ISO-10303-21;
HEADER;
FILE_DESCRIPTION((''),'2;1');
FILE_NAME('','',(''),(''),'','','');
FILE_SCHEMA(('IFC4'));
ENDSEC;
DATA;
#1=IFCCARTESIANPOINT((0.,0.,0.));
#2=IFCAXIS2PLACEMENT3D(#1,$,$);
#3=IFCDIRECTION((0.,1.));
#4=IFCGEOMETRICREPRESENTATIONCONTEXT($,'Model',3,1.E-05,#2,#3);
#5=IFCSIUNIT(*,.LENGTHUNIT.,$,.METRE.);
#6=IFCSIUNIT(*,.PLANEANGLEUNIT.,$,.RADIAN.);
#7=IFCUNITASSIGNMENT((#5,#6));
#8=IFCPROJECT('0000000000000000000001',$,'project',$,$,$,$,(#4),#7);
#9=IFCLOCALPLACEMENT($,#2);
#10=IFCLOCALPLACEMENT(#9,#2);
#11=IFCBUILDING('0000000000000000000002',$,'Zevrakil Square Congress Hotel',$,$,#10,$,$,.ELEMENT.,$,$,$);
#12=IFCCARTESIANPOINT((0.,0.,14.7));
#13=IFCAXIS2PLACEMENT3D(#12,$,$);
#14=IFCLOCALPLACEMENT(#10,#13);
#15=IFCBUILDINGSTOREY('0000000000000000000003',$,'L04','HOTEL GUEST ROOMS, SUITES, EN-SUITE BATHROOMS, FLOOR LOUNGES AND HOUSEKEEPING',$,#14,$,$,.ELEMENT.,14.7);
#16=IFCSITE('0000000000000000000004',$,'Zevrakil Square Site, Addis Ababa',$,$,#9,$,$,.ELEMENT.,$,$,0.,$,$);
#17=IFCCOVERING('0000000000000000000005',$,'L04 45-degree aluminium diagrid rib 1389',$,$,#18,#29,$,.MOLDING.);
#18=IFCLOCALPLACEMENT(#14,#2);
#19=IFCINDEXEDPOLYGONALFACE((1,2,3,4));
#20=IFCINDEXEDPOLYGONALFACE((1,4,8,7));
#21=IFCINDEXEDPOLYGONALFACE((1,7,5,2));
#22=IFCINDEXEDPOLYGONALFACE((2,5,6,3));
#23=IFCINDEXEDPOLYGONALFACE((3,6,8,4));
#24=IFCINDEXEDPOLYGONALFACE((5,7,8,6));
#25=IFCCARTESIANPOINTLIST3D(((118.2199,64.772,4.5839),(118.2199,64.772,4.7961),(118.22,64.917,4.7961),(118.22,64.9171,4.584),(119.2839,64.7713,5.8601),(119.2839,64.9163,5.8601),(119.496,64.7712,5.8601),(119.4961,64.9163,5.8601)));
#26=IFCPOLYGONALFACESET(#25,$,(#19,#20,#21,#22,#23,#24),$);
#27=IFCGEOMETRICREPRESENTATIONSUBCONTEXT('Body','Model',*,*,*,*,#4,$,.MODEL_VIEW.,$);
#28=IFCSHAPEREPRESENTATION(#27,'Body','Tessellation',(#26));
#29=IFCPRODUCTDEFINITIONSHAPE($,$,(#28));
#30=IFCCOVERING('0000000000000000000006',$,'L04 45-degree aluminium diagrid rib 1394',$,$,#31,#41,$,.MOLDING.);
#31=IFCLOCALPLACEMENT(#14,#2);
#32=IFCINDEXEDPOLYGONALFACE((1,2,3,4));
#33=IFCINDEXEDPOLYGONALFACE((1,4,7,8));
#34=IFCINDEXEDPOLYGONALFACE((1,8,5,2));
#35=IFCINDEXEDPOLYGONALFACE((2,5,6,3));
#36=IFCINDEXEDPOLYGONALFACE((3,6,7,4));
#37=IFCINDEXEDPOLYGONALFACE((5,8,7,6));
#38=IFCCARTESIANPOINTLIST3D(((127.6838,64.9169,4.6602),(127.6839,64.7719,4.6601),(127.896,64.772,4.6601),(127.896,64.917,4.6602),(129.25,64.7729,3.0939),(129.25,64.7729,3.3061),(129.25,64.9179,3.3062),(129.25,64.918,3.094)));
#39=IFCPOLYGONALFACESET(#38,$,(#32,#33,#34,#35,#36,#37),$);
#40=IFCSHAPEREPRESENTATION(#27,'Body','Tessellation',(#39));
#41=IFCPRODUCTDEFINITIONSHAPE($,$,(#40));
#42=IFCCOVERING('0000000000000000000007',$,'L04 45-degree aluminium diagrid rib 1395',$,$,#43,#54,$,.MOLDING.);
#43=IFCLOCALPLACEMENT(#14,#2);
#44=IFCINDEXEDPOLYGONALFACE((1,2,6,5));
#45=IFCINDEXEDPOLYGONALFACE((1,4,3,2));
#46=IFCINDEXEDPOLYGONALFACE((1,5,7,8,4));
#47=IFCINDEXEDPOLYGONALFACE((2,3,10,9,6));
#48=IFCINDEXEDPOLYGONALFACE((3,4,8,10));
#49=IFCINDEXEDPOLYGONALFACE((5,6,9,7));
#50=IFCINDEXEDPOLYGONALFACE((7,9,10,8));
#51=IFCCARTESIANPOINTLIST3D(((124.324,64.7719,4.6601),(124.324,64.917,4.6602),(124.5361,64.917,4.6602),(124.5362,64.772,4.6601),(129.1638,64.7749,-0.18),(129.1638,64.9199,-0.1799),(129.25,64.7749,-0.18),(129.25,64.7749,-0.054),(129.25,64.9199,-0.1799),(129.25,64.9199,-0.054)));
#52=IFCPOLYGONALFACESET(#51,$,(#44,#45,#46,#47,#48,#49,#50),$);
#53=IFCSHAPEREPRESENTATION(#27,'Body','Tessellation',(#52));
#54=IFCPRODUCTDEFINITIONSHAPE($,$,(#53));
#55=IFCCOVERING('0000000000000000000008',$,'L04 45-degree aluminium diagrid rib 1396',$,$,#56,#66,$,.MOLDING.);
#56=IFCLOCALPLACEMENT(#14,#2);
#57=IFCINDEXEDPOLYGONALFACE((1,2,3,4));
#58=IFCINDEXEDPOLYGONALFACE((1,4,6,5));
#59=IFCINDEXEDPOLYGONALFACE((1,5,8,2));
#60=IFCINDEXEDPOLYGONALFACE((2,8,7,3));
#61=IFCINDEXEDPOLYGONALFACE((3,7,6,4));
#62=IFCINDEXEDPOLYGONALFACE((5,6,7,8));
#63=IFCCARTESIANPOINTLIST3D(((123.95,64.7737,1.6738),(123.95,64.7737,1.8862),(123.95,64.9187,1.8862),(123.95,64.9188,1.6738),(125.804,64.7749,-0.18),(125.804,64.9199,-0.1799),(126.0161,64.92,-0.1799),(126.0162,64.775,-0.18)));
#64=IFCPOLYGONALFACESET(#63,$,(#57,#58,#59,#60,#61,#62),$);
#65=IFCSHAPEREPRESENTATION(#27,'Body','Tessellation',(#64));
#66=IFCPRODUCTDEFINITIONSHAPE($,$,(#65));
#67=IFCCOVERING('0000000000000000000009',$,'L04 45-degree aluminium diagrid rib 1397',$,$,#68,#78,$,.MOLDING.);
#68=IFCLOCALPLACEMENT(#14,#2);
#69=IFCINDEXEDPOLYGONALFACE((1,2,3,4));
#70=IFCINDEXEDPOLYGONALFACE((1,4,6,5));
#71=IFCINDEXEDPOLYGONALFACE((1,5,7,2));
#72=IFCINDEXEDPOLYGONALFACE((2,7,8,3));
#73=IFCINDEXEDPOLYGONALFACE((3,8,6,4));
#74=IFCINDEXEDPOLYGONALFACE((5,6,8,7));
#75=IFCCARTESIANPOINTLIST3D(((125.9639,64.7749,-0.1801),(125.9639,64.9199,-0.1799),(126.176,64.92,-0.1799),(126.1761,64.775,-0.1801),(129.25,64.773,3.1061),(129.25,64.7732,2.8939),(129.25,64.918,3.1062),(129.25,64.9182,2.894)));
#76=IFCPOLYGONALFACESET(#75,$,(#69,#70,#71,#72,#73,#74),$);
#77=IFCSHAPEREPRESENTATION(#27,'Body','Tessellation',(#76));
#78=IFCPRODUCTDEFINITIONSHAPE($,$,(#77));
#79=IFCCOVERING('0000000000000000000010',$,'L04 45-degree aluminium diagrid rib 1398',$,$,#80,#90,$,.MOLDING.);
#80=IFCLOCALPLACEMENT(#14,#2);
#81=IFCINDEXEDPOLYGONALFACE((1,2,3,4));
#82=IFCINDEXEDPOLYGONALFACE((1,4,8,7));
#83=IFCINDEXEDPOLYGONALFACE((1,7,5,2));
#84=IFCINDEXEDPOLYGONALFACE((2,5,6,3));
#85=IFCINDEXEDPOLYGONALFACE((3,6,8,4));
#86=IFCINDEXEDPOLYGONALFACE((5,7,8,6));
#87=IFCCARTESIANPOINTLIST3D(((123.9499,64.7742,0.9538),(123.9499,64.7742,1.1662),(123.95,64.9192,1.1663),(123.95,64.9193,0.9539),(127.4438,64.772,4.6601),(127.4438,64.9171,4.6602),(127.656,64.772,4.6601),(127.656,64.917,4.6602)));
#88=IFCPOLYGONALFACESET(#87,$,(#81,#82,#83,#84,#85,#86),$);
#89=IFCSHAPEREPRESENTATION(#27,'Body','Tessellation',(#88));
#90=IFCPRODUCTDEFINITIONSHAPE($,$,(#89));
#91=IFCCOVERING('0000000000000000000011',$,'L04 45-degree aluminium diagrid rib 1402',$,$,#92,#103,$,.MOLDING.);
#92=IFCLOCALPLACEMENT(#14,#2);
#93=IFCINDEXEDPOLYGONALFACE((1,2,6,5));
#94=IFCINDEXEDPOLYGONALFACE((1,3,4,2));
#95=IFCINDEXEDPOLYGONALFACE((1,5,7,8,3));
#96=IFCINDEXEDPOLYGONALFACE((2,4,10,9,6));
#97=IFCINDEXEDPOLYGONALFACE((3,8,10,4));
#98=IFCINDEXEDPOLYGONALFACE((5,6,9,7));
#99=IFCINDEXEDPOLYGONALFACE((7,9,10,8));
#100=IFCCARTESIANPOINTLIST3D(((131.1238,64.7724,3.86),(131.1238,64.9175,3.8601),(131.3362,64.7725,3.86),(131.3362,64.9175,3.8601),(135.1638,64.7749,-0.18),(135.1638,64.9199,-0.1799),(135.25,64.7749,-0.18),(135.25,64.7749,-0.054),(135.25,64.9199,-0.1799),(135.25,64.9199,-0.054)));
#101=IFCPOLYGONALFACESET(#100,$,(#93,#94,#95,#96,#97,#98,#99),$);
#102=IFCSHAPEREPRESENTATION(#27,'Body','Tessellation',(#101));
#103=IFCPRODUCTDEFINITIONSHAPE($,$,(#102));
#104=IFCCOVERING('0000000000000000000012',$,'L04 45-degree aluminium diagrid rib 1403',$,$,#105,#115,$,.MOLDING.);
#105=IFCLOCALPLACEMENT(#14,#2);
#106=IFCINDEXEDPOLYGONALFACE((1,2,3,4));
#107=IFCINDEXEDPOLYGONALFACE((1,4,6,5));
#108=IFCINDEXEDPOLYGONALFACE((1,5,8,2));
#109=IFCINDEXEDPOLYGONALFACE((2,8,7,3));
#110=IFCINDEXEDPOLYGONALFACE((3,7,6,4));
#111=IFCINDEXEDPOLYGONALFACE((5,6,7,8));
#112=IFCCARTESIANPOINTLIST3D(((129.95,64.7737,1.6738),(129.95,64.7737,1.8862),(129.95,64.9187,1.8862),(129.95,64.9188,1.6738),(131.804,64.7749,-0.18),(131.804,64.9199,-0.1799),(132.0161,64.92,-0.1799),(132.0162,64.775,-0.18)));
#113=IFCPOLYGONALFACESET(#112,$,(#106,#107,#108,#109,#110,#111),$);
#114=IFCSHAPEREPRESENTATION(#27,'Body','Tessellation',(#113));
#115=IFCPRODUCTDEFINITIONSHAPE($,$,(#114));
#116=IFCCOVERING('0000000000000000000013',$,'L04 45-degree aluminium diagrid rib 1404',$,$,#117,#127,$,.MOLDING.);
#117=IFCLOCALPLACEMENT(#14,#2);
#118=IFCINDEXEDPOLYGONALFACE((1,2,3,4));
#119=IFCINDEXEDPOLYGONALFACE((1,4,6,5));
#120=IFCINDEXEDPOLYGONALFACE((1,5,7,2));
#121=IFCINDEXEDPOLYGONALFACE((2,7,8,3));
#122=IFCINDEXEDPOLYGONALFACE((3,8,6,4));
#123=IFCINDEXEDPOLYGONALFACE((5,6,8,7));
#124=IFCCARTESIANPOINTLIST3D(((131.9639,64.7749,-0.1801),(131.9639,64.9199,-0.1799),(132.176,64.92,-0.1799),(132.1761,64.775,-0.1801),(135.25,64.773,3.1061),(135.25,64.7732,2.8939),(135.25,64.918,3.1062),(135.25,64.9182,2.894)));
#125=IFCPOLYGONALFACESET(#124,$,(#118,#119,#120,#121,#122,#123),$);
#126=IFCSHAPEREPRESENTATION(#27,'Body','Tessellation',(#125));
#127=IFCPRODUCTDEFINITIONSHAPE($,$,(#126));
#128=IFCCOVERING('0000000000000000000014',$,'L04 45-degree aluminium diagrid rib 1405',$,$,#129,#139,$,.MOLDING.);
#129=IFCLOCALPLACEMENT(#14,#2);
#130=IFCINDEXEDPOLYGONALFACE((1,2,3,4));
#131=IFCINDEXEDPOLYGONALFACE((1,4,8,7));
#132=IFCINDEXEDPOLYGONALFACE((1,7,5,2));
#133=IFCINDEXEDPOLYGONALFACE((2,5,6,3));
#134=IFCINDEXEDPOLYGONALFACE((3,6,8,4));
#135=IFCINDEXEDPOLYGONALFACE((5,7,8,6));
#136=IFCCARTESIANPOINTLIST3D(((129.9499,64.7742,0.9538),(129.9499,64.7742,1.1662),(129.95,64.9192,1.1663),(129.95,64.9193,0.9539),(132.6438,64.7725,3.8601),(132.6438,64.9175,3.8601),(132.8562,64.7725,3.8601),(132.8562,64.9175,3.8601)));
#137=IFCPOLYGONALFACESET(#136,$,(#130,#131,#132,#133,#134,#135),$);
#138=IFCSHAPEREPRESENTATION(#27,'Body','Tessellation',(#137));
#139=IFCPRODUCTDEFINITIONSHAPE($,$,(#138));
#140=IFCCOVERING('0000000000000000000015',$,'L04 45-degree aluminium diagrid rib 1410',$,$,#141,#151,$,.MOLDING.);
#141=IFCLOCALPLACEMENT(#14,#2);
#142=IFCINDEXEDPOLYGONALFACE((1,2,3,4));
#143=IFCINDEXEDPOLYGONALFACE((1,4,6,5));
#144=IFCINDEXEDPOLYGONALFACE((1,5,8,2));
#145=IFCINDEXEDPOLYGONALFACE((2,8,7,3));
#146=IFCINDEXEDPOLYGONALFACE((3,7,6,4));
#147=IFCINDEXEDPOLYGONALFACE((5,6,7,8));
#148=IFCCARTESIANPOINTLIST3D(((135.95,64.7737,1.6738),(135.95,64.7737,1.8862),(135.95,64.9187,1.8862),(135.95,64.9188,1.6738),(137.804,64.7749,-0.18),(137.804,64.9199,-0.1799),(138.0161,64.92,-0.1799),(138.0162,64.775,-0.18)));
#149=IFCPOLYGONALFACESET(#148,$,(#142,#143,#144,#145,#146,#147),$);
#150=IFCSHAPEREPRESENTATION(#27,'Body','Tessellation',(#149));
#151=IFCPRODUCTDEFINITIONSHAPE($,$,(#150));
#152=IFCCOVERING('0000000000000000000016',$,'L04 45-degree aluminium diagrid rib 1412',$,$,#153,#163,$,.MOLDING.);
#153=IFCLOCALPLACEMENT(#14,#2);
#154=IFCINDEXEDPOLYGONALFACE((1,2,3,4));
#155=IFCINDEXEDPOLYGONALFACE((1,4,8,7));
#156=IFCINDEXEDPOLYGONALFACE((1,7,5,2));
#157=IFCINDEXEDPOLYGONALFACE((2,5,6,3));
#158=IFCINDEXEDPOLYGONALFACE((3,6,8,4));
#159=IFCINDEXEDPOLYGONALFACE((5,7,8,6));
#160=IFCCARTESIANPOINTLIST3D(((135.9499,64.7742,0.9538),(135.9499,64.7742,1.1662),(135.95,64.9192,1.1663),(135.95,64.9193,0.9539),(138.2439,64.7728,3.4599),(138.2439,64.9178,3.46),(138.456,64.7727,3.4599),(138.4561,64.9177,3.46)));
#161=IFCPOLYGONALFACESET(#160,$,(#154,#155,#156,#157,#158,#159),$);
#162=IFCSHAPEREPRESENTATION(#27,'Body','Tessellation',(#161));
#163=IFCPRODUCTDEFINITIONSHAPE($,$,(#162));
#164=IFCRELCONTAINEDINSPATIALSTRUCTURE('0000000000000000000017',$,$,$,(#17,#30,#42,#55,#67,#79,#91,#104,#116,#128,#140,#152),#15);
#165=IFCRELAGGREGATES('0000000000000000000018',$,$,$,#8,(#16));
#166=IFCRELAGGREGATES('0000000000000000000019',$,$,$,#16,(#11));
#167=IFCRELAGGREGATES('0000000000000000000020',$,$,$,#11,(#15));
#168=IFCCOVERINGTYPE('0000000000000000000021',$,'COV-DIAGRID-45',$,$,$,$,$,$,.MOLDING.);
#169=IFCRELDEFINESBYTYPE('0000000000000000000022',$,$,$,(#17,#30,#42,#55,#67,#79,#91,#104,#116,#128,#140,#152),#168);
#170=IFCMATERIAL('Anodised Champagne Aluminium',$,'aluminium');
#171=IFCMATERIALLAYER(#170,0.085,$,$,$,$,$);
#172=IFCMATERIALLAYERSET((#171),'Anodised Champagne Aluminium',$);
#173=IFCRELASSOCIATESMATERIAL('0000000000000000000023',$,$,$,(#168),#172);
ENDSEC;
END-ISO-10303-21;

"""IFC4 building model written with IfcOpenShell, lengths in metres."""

from ifc_helpers import new_model, si_unit, direction, frame, origin, place, context, subcontext, project, spatial, polyline, outline, extrude, material, layer, layer_set, type_object, element, save


model = new_model("IFC4")

# Units and contexts
model_context = context("Model", 3, precision=1e-05, world=origin(), true_north=direction((0.0, 1.0)))
body_context = subcontext(model_context, "Body", "Model", "MODEL_VIEW")
ifc_project = project(units=[si_unit("LENGTHUNIT", "METRE"), si_unit("PLANEANGLEUNIT", "RADIAN")], contexts=[model_context])

# Site, building, storey
site_placement = place(None, origin())
site = spatial("IfcSite", under=ifc_project, at=site_placement, Name="Zevrakil Square Site, Addis Ababa", CompositionType="ELEMENT", RefElevation=0.0)
building_placement = place(site_placement, origin())
building = spatial("IfcBuilding", under=site, at=building_placement, Name="Zevrakil Square Congress Hotel", CompositionType="ELEMENT")
storey_placement = place(building_placement, frame((0.0, 0.0, 14.7)))
storey = spatial("IfcBuildingStorey", under=building, at=storey_placement, Name="L04", Description="HOTEL GUEST ROOMS, SUITES, EN-SUITE BATHROOMS, FLOOR LOUNGES AND HOUSEKEEPING", CompositionType="ELEMENT", Elevation=14.7)

# Coverings
ifc_material_1 = material(Name="Anodised Champagne Aluminium", Category="aluminium")
ifc_layer_1 = layer(ifc_material_1, 0.085)
ifc_layer_set_1 = layer_set([ifc_layer_1], Name="Anodised Champagne Aluminium")
covering_type_1 = type_object("IfcCoveringType", Name="COV-DIAGRID-45", PredefinedType="MOLDING", material=ifc_layer_set_1)
covering_1_placement = place(storey_placement, frame((119.4961, 64.9163, 5.8601), z_axis=(0.000313, 1.0, 0.000313), x_axis=(-1.0, 0.000313, 0.0)))
element("IfcCovering", 1, at=covering_1_placement, inside=storey, type_object=covering_type_1, Name="L04 45-degree aluminium diagrid rib 1389", PredefinedType="MOLDING", context=body_context, shape_type="SweptSolid", body=[
    extrude(outline(polyline([(0.0, 0.0), (0.2122, 0.0), (1.2761, -1.064), (1.2761, -1.2761), (0.0, 0.0)])), origin(), (0.0, 0.0, -1.0), 0.145),
])
covering_2_placement = place(storey_placement, frame((129.25, 64.918, 3.094), z_axis=(-0.000334, 1.0, 0.000334), x_axis=(0.0, -0.000334, 1.0)))
element("IfcCovering", 2, at=covering_2_placement, inside=storey, type_object=covering_type_1, Name="L04 45-degree aluminium diagrid rib 1394", PredefinedType="MOLDING", context=body_context, shape_type="SweptSolid", body=[
    extrude(outline(polyline([(0.0, 0.0), (0.2122, 0.0), (1.5662, -1.354), (1.5662, -1.5662), (0.0, 0.0)])), origin(), (0.0, 0.0, -1.0), 0.145),
])
covering_3_placement = place(storey_placement, frame((129.1638, 64.9199, -0.1799), z_axis=(-0.000181, 1.0, 0.000429), x_axis=(1.0, 0.000181, 0.0)))
element("IfcCovering", 3, at=covering_3_placement, inside=storey, type_object=covering_type_1, Name="L04 45-degree aluminium diagrid rib 1395", PredefinedType="MOLDING", context=body_context, shape_type="SweptSolid", body=[
    extrude(outline(polyline([(0.0, 0.0), (0.0862, 0.0), (0.0862, -0.126), (-4.6277, -4.8401), (-4.8398, -4.8401), (0.0, 0.0)])), origin(), (0.0, 0.0, -1.0), 0.145),
])
covering_4_placement = place(storey_placement, frame((125.804, 64.9199, -0.1799), z_axis=(-0.000312, 1.0, 0.000311), x_axis=(1.0, 0.000312, 0.0)))
element("IfcCovering", 4, at=covering_4_placement, inside=storey, type_object=covering_type_1, Name="L04 45-degree aluminium diagrid rib 1396", PredefinedType="MOLDING", context=body_context, shape_type="SweptSolid", body=[
    extrude(outline(polyline([(0.0, 0.0), (0.2122, 0.0), (-1.854, -2.0662), (-1.854, -1.8538), (0.0, 0.0)])), origin(), (0.0, 0.0, -1.0), 0.145),
])
covering_5_placement = place(storey_placement, frame((129.25, 64.9182, 2.894), z_axis=(-0.000287, 1.0, 0.000863), x_axis=(0.0, -0.000863, 1.0)))
element("IfcCovering", 5, at=covering_5_placement, inside=storey, type_object=covering_type_1, Name="L04 45-degree aluminium diagrid rib 1397", PredefinedType="MOLDING", context=body_context, shape_type="SweptSolid", body=[
    extrude(outline(polyline([(0.0, 0.0), (0.2122, 0.0), (-3.074, -3.2861), (-3.074, -3.074), (0.0, 0.0)])), origin(), (0.0, 0.0, -1.0), 0.145),
])
covering_6_placement = place(storey_placement, frame((127.656, 64.917, 4.6602), z_axis=(0.000305, 1.0, 0.000305), x_axis=(-1.0, 0.000305, 0.0)))
element("IfcCovering", 6, at=covering_6_placement, inside=storey, type_object=covering_type_1, Name="L04 45-degree aluminium diagrid rib 1398", PredefinedType="MOLDING", context=body_context, shape_type="SweptSolid", body=[
    extrude(outline(polyline([(0.0, 0.0), (0.2122, 0.0), (3.7061, -3.4939), (3.7061, -3.7063), (0.0, 0.0)])), origin(), (0.0, 0.0, -1.0), 0.145),
])
covering_7_placement = place(storey_placement, frame((135.1638, 64.9199, -0.1799), z_axis=(-0.000181, 1.0, 0.000429), x_axis=(1.0, 0.000181, 0.0)))
element("IfcCovering", 7, at=covering_7_placement, inside=storey, type_object=covering_type_1, Name="L04 45-degree aluminium diagrid rib 1402", PredefinedType="MOLDING", context=body_context, shape_type="SweptSolid", body=[
    extrude(outline(polyline([(0.0, 0.0), (0.0862, 0.0), (0.0862, -0.126), (-3.8276, -4.04), (-4.04, -4.04), (0.0, 0.0)])), origin(), (0.0, 0.0, -1.0), 0.145),
])
covering_8_placement = place(storey_placement, frame((131.804, 64.9199, -0.1799), z_axis=(-0.000312, 1.0, 0.000311), x_axis=(1.0, 0.000312, 0.0)))
element("IfcCovering", 8, at=covering_8_placement, inside=storey, type_object=covering_type_1, Name="L04 45-degree aluminium diagrid rib 1403", PredefinedType="MOLDING", context=body_context, shape_type="SweptSolid", body=[
    extrude(outline(polyline([(0.0, 0.0), (0.2122, 0.0), (-1.854, -2.0662), (-1.854, -1.8538), (0.0, 0.0)])), origin(), (0.0, 0.0, -1.0), 0.145),
])
covering_9_placement = place(storey_placement, frame((135.25, 64.9182, 2.894), z_axis=(-0.000287, 1.0, 0.000863), x_axis=(0.0, -0.000863, 1.0)))
element("IfcCovering", 9, at=covering_9_placement, inside=storey, type_object=covering_type_1, Name="L04 45-degree aluminium diagrid rib 1404", PredefinedType="MOLDING", context=body_context, shape_type="SweptSolid", body=[
    extrude(outline(polyline([(0.0, 0.0), (0.2122, 0.0), (-3.074, -3.2861), (-3.074, -3.074), (0.0, 0.0)])), origin(), (0.0, 0.0, -1.0), 0.145),
])
covering_10_placement = place(storey_placement, frame((132.8562, 64.9175, 3.8601), z_axis=(0.000305, 1.0, 0.000305), x_axis=(-1.0, 0.000305, 0.0)))
element("IfcCovering", 10, at=covering_10_placement, inside=storey, type_object=covering_type_1, Name="L04 45-degree aluminium diagrid rib 1405", PredefinedType="MOLDING", context=body_context, shape_type="SweptSolid", body=[
    extrude(outline(polyline([(0.0, 0.0), (0.2124, 0.0), (2.9063, -2.6938), (2.9063, -2.9063), (0.0, 0.0)])), origin(), (0.0, 0.0, -1.0), 0.145),
])
covering_11_placement = place(storey_placement, frame((137.804, 64.9199, -0.1799), z_axis=(-0.000312, 1.0, 0.000311), x_axis=(1.0, 0.000312, 0.0)))
element("IfcCovering", 11, at=covering_11_placement, inside=storey, type_object=covering_type_1, Name="L04 45-degree aluminium diagrid rib 1410", PredefinedType="MOLDING", context=body_context, shape_type="SweptSolid", body=[
    extrude(outline(polyline([(0.0, 0.0), (0.2122, 0.0), (-1.854, -2.0662), (-1.854, -1.8538), (0.0, 0.0)])), origin(), (0.0, 0.0, -1.0), 0.145),
])
covering_12_placement = place(storey_placement, frame((138.4561, 64.9177, 3.46), z_axis=(0.000305, 1.0, 0.000305), x_axis=(-1.0, 0.000305, 0.0)))
element("IfcCovering", 12, at=covering_12_placement, inside=storey, type_object=covering_type_1, Name="L04 45-degree aluminium diagrid rib 1412", PredefinedType="MOLDING", context=body_context, shape_type="SweptSolid", body=[
    extrude(outline(polyline([(0.0, 0.0), (0.2122, 0.0), (2.5061, -2.2937), (2.5061, -2.5061), (0.0, 0.0)])), origin(), (0.0, 0.0, -1.0), 0.145),
])

save(model, "model.ifc")
